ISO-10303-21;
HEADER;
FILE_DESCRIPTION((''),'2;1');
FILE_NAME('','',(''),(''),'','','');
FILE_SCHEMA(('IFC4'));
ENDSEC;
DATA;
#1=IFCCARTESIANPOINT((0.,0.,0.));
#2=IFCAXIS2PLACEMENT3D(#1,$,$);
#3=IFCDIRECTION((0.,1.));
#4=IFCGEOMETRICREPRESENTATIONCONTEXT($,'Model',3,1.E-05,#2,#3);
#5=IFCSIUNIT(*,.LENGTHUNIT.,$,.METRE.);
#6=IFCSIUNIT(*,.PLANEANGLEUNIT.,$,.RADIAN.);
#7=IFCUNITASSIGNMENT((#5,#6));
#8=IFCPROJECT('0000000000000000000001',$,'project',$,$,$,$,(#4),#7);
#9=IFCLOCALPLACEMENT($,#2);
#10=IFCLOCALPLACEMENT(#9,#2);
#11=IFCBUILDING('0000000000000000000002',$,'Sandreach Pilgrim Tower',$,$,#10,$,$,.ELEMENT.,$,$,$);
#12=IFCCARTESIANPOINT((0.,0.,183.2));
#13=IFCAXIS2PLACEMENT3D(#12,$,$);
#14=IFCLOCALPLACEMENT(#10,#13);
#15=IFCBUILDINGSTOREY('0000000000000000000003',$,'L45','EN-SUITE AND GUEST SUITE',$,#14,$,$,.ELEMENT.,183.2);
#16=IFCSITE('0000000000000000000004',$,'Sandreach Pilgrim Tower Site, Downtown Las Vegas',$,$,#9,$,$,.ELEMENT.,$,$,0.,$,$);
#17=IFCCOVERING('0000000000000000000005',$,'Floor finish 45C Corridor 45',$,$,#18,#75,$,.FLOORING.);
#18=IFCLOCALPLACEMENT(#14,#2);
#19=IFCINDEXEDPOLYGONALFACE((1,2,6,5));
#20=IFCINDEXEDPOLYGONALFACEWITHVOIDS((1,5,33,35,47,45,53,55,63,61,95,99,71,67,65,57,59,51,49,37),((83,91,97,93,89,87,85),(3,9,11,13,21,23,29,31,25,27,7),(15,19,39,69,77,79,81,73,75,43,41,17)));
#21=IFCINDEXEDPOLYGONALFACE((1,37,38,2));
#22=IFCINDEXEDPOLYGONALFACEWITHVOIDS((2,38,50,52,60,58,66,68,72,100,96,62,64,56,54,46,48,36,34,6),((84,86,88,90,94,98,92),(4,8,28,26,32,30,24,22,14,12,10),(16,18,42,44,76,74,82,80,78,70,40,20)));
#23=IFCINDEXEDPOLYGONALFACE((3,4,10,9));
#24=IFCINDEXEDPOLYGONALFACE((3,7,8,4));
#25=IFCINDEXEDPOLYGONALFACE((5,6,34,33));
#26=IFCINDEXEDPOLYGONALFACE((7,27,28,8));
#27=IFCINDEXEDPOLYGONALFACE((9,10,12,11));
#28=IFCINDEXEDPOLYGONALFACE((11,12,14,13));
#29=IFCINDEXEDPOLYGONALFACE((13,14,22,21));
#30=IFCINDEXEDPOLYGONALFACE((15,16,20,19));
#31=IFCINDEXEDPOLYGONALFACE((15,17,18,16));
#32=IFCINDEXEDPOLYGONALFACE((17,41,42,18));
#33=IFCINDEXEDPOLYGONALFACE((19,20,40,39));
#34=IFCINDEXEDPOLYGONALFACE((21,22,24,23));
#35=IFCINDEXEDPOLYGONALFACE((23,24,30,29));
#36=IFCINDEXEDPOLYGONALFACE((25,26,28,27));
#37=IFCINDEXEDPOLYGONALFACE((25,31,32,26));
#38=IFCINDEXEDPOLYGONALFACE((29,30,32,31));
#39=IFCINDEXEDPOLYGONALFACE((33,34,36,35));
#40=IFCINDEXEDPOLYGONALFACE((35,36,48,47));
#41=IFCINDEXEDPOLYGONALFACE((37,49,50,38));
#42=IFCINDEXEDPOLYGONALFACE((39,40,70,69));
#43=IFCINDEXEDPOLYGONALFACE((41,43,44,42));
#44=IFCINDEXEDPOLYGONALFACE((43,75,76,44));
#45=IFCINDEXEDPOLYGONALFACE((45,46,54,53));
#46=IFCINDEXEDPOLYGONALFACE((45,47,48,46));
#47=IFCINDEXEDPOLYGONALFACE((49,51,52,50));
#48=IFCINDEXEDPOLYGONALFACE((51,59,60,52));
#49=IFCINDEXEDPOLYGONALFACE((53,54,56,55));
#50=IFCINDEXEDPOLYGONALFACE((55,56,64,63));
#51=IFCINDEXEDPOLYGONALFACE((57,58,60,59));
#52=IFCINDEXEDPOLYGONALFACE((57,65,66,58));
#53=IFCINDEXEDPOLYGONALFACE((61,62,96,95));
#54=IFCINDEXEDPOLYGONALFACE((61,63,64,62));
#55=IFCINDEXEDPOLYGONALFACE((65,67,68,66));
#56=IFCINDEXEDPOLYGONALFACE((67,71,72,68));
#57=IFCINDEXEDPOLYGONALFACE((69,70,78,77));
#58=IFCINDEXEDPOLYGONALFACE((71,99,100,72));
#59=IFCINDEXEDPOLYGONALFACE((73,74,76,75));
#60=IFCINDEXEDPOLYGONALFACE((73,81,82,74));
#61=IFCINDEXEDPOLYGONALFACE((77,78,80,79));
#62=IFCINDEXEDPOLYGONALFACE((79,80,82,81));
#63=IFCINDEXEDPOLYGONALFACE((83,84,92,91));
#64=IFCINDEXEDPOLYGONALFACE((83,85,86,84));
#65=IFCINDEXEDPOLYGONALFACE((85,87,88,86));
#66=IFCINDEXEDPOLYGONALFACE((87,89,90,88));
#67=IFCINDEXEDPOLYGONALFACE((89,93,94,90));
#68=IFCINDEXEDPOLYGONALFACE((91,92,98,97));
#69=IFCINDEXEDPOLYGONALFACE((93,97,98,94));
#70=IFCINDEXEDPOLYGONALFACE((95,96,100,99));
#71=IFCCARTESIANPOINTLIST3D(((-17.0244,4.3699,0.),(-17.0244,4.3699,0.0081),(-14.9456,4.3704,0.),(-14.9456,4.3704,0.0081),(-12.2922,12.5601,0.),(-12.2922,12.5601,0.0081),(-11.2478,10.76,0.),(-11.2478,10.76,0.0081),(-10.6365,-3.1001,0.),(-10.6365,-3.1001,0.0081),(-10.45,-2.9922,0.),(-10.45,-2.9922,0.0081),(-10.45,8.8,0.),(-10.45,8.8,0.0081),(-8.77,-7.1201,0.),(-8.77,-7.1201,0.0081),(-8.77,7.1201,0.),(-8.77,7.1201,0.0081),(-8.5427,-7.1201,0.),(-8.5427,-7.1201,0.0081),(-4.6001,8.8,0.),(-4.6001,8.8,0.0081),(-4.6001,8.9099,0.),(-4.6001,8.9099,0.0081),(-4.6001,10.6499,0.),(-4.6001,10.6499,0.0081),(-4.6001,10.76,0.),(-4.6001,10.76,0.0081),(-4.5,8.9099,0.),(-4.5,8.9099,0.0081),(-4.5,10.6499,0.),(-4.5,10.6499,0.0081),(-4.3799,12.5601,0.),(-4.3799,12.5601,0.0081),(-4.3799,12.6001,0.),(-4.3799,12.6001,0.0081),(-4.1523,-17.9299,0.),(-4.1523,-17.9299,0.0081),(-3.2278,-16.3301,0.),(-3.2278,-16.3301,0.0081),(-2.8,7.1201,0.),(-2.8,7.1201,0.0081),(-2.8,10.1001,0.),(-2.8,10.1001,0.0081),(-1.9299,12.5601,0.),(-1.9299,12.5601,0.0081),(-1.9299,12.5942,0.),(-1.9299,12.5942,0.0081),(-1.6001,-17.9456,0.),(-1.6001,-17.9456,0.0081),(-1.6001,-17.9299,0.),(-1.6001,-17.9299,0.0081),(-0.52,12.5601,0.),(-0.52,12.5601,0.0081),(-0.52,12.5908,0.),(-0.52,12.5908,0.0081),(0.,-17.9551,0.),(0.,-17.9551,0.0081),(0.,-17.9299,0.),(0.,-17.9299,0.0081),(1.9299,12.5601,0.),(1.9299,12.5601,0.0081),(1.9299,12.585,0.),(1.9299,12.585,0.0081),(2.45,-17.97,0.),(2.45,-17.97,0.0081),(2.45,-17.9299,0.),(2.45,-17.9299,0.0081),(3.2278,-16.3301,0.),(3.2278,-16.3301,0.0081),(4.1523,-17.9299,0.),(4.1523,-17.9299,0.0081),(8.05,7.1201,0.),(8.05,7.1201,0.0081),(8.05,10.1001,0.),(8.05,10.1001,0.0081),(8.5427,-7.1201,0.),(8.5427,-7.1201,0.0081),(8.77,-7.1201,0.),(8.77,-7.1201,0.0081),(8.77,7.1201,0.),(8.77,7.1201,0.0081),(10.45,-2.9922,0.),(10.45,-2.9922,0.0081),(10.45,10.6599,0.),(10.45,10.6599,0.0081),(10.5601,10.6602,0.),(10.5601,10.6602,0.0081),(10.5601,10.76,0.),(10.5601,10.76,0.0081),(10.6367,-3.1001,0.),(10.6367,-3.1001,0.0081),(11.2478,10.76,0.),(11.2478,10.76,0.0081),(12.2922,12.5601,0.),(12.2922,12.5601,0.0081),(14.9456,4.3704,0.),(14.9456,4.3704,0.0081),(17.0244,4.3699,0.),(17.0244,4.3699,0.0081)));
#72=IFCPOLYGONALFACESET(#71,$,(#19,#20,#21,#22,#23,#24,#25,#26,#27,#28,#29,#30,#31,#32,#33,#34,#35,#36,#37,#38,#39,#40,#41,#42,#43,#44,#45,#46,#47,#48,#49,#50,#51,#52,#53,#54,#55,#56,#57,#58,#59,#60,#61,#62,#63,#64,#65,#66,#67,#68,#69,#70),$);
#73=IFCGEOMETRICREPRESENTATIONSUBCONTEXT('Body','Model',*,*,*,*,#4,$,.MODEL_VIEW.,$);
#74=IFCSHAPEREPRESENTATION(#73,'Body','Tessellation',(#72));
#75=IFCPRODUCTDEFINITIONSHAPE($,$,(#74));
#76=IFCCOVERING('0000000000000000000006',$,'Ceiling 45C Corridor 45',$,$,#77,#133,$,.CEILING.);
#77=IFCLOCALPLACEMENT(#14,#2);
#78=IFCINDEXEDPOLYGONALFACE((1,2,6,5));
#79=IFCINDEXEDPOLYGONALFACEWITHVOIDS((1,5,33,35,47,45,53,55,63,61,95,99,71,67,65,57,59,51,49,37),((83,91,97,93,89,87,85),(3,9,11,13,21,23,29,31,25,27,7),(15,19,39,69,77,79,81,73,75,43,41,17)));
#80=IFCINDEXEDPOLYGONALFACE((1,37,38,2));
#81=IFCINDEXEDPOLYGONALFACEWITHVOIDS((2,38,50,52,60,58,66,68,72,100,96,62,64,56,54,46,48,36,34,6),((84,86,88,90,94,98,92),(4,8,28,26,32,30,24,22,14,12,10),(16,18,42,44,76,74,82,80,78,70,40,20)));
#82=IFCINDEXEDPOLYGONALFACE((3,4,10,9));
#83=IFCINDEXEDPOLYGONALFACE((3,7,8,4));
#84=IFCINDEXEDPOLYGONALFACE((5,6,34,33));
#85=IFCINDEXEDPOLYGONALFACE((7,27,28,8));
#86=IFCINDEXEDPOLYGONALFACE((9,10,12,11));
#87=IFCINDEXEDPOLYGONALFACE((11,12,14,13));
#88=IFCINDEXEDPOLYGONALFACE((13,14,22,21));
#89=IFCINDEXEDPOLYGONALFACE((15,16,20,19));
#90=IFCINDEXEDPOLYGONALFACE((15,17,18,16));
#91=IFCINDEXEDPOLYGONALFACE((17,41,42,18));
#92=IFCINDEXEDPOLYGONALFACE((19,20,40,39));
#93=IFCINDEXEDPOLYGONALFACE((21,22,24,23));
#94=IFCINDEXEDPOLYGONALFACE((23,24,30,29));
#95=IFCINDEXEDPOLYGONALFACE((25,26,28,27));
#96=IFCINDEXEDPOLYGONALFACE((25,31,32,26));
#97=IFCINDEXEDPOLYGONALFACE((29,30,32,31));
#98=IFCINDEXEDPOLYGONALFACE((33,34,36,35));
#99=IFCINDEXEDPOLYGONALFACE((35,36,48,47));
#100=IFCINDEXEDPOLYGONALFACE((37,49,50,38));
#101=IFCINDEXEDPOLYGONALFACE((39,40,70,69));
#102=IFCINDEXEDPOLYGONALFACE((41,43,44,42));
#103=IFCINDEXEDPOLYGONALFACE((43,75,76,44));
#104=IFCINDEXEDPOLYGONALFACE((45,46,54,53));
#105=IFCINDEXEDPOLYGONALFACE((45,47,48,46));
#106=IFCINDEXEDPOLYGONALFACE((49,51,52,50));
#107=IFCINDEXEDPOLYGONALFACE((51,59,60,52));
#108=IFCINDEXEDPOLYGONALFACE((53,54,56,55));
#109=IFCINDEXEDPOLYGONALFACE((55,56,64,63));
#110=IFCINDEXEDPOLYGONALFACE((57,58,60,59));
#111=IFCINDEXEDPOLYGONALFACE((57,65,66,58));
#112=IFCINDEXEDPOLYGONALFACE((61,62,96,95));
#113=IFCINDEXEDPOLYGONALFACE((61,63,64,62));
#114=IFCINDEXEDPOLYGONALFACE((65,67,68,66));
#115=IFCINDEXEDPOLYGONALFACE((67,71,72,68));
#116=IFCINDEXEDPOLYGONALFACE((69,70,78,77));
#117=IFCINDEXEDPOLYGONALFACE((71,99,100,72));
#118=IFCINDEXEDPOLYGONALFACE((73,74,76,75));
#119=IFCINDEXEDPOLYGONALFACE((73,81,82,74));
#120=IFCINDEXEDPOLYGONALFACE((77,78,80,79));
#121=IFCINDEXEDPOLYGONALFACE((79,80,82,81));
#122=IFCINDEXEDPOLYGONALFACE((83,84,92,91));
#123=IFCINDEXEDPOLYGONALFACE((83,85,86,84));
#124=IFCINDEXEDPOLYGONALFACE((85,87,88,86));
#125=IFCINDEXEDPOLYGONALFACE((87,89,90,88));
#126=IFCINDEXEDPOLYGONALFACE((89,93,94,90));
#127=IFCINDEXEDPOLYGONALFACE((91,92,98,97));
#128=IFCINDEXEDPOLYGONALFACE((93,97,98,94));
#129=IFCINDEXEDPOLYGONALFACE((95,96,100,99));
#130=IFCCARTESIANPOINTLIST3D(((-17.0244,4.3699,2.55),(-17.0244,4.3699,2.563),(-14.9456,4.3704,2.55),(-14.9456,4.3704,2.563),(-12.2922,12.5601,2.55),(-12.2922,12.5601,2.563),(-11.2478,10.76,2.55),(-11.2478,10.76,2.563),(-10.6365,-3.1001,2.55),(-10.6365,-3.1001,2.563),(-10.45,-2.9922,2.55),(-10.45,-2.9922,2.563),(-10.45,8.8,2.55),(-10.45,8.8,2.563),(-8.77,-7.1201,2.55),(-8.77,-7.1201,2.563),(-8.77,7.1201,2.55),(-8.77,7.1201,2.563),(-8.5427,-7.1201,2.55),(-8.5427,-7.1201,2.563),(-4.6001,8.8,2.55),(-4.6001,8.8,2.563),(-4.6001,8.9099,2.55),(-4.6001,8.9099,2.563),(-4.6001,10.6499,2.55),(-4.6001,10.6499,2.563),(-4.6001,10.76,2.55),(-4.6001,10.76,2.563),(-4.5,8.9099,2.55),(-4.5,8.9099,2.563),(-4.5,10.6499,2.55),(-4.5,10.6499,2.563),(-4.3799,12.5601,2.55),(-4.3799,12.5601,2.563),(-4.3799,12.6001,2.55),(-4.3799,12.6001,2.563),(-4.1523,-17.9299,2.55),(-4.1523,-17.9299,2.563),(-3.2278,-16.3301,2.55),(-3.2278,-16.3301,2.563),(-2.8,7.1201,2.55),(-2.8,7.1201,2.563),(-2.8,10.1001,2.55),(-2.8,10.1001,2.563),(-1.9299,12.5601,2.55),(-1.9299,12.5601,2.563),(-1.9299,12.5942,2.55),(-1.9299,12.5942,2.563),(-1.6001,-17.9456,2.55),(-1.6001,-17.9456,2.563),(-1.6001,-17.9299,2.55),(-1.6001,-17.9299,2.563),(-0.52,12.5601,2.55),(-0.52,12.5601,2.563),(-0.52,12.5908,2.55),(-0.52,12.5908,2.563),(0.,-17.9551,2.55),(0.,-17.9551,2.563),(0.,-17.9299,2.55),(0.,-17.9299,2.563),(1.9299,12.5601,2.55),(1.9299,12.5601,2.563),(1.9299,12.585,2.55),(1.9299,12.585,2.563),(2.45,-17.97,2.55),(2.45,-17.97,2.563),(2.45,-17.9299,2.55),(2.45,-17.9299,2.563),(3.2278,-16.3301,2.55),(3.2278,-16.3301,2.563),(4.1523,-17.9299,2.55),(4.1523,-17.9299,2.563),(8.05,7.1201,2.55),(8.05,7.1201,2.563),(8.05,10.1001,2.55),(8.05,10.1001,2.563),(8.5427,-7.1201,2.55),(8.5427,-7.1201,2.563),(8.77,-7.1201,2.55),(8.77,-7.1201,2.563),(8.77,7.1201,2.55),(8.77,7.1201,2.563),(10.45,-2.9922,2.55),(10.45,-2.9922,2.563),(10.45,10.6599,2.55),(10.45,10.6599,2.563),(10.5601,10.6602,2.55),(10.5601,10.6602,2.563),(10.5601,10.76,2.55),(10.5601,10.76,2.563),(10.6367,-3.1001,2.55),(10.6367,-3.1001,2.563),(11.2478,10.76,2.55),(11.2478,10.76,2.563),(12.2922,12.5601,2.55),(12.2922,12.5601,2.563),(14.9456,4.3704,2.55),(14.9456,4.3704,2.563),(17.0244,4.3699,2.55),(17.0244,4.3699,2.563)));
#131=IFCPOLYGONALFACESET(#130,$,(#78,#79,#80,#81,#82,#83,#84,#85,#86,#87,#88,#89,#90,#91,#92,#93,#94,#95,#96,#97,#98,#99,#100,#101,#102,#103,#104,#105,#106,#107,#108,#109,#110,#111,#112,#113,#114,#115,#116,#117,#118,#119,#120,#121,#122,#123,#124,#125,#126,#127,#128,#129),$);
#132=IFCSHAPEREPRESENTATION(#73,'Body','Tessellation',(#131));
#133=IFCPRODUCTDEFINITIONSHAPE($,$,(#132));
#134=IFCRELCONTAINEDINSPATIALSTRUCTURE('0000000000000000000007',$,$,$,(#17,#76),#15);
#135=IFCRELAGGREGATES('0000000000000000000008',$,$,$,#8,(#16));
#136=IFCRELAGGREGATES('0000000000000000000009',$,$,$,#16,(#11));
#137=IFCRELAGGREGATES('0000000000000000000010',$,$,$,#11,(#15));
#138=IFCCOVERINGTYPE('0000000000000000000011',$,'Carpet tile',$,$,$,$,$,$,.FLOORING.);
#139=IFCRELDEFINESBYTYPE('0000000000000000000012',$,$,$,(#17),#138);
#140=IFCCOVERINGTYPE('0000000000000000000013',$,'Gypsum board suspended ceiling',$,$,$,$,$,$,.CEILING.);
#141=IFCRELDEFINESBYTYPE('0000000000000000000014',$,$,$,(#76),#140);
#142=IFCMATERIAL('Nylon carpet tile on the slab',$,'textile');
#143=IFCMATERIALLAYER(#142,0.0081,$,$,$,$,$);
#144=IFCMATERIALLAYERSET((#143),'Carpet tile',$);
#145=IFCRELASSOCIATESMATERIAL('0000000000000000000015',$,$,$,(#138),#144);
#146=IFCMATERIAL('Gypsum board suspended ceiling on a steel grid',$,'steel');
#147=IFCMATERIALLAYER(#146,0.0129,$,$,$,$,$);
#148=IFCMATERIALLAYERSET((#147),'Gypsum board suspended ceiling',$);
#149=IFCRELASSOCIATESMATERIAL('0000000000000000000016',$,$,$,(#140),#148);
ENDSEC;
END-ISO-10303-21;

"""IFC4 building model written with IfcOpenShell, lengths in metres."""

from ifc_helpers import new_model, si_unit, direction, frame, origin, place, context, subcontext, project, spatial, polyline, outline, extrude, material, layer, layer_set, type_object, element, save


model = new_model("IFC4")

# Units and contexts
model_context = context("Model", 3, precision=1e-05, world=origin(), true_north=direction((0.0, 1.0)))
body_context = subcontext(model_context, "Body", "Model", "MODEL_VIEW")
ifc_project = project(units=[si_unit("LENGTHUNIT", "METRE"), si_unit("PLANEANGLEUNIT", "RADIAN")], contexts=[model_context])

# Site, building, storey
site_placement = place(None, origin())
site = spatial("IfcSite", under=ifc_project, at=site_placement, Name="Sandreach Pilgrim Tower Site, Downtown Las Vegas", CompositionType="ELEMENT", RefElevation=0.0)
building_placement = place(site_placement, origin())
building = spatial("IfcBuilding", under=site, at=building_placement, Name="Sandreach Pilgrim Tower", CompositionType="ELEMENT")
storey_placement = place(building_placement, frame((0.0, 0.0, 183.2)))
storey = spatial("IfcBuildingStorey", under=building, at=storey_placement, Name="L45", Description="EN-SUITE AND GUEST SUITE", CompositionType="ELEMENT", Elevation=183.2)

# Coverings
ifc_material_1 = material(Name="Nylon carpet tile on the slab", Category="textile")
ifc_layer_1 = layer(ifc_material_1, 0.0081)
ifc_layer_set_1 = layer_set([ifc_layer_1], Name="Carpet tile")
covering_type_1 = type_object("IfcCoveringType", Name="Carpet tile", PredefinedType="FLOORING", material=ifc_layer_set_1)
covering_1_placement = place(storey_placement, origin())
element("IfcCovering", 1, at=covering_1_placement, inside=storey, type_object=covering_type_1, Name="Floor finish 45C Corridor 45", PredefinedType="FLOORING", context=body_context, shape_type="SweptSolid", body=[
    extrude(outline(polyline([(-17.0244, 4.3699), (-12.2922, 12.5601), (-4.3799, 12.5601), (-4.3799, 12.6001), (-1.9299, 12.5942), (-1.9299, 12.5601), (-0.52, 12.5601), (-0.52, 12.5908), (1.9299, 12.585), (1.9299, 12.5601), (12.2922, 12.5601), (17.0244, 4.3699), (4.1523, -17.9299), (2.45, -17.9299), (2.45, -17.97), (0.0, -17.9551), (0.0, -17.9299), (-1.6001, -17.9299), (-1.6001, -17.9456), (-4.1523, -17.9299), (-17.0244, 4.3699)]), holes=[polyline([(10.45, 10.6599), (10.45, -2.9922), (10.6367, -3.1001), (14.9456, 4.3704), (11.2478, 10.76), (10.5601, 10.76), (10.5601, 10.6602), (10.45, 10.6599)]), polyline([(-3.2278, -16.3301), (3.2278, -16.3301), (8.5427, -7.1201), (8.77, -7.1201), (8.77, 7.1201), (8.05, 7.1201), (8.05, 10.1001), (-2.8, 10.1001), (-2.8, 7.1201), (-8.77, 7.1201), (-8.77, -7.1201), (-8.5427, -7.1201), (-3.2278, -16.3301)]), polyline([(-14.9456, 4.3704), (-10.6365, -3.1001), (-10.45, -2.9922), (-10.45, 8.8), (-4.6001, 8.8), (-4.6001, 8.9099), (-4.5, 8.9099), (-4.5, 10.6499), (-4.6001, 10.6499), (-4.6001, 10.76), (-11.2478, 10.76), (-14.9456, 4.3704)])]), origin(), (0.0, 0.0, 1.0), 0.0081),
])
ifc_material_2 = material(Name="Gypsum board suspended ceiling on a steel grid", Category="steel")
ifc_layer_2 = layer(ifc_material_2, 0.0129)
ifc_layer_set_2 = layer_set([ifc_layer_2], Name="Gypsum board suspended ceiling")
covering_type_2 = type_object("IfcCoveringType", Name="Gypsum board suspended ceiling", PredefinedType="CEILING", material=ifc_layer_set_2)
covering_2_placement = place(storey_placement, frame((0.0, 0.0, 2.55)))
element("IfcCovering", 2, at=covering_2_placement, inside=storey, type_object=covering_type_2, Name="Ceiling 45C Corridor 45", PredefinedType="CEILING", context=body_context, shape_type="SweptSolid", body=[
    extrude(outline(polyline([(-17.0244, 4.3699), (-12.2922, 12.5601), (-4.3799, 12.5601), (-4.3799, 12.6001), (-1.9299, 12.5942), (-1.9299, 12.5601), (-0.52, 12.5601), (-0.52, 12.5908), (1.9299, 12.585), (1.9299, 12.5601), (12.2922, 12.5601), (17.0244, 4.3699), (4.1523, -17.9299), (2.45, -17.9299), (2.45, -17.97), (0.0, -17.9551), (0.0, -17.9299), (-1.6001, -17.9299), (-1.6001, -17.9456), (-4.1523, -17.9299), (-17.0244, 4.3699)]), holes=[polyline([(10.45, 10.6599), (10.45, -2.9922), (10.6367, -3.1001), (14.9456, 4.3704), (11.2478, 10.76), (10.5601, 10.76), (10.5601, 10.6602), (10.45, 10.6599)]), polyline([(-3.2278, -16.3301), (3.2278, -16.3301), (8.5427, -7.1201), (8.77, -7.1201), (8.77, 7.1201), (8.05, 7.1201), (8.05, 10.1001), (-2.8, 10.1001), (-2.8, 7.1201), (-8.77, 7.1201), (-8.77, -7.1201), (-8.5427, -7.1201), (-3.2278, -16.3301)]), polyline([(-14.9456, 4.3704), (-10.6365, -3.1001), (-10.45, -2.9922), (-10.45, 8.8), (-4.6001, 8.8), (-4.6001, 8.9099), (-4.5, 8.9099), (-4.5, 10.6499), (-4.6001, 10.6499), (-4.6001, 10.76), (-11.2478, 10.76), (-14.9456, 4.3704)])]), origin(), (0.0, 0.0, 1.0), 0.0129),
])

save(model, "model.ifc")
